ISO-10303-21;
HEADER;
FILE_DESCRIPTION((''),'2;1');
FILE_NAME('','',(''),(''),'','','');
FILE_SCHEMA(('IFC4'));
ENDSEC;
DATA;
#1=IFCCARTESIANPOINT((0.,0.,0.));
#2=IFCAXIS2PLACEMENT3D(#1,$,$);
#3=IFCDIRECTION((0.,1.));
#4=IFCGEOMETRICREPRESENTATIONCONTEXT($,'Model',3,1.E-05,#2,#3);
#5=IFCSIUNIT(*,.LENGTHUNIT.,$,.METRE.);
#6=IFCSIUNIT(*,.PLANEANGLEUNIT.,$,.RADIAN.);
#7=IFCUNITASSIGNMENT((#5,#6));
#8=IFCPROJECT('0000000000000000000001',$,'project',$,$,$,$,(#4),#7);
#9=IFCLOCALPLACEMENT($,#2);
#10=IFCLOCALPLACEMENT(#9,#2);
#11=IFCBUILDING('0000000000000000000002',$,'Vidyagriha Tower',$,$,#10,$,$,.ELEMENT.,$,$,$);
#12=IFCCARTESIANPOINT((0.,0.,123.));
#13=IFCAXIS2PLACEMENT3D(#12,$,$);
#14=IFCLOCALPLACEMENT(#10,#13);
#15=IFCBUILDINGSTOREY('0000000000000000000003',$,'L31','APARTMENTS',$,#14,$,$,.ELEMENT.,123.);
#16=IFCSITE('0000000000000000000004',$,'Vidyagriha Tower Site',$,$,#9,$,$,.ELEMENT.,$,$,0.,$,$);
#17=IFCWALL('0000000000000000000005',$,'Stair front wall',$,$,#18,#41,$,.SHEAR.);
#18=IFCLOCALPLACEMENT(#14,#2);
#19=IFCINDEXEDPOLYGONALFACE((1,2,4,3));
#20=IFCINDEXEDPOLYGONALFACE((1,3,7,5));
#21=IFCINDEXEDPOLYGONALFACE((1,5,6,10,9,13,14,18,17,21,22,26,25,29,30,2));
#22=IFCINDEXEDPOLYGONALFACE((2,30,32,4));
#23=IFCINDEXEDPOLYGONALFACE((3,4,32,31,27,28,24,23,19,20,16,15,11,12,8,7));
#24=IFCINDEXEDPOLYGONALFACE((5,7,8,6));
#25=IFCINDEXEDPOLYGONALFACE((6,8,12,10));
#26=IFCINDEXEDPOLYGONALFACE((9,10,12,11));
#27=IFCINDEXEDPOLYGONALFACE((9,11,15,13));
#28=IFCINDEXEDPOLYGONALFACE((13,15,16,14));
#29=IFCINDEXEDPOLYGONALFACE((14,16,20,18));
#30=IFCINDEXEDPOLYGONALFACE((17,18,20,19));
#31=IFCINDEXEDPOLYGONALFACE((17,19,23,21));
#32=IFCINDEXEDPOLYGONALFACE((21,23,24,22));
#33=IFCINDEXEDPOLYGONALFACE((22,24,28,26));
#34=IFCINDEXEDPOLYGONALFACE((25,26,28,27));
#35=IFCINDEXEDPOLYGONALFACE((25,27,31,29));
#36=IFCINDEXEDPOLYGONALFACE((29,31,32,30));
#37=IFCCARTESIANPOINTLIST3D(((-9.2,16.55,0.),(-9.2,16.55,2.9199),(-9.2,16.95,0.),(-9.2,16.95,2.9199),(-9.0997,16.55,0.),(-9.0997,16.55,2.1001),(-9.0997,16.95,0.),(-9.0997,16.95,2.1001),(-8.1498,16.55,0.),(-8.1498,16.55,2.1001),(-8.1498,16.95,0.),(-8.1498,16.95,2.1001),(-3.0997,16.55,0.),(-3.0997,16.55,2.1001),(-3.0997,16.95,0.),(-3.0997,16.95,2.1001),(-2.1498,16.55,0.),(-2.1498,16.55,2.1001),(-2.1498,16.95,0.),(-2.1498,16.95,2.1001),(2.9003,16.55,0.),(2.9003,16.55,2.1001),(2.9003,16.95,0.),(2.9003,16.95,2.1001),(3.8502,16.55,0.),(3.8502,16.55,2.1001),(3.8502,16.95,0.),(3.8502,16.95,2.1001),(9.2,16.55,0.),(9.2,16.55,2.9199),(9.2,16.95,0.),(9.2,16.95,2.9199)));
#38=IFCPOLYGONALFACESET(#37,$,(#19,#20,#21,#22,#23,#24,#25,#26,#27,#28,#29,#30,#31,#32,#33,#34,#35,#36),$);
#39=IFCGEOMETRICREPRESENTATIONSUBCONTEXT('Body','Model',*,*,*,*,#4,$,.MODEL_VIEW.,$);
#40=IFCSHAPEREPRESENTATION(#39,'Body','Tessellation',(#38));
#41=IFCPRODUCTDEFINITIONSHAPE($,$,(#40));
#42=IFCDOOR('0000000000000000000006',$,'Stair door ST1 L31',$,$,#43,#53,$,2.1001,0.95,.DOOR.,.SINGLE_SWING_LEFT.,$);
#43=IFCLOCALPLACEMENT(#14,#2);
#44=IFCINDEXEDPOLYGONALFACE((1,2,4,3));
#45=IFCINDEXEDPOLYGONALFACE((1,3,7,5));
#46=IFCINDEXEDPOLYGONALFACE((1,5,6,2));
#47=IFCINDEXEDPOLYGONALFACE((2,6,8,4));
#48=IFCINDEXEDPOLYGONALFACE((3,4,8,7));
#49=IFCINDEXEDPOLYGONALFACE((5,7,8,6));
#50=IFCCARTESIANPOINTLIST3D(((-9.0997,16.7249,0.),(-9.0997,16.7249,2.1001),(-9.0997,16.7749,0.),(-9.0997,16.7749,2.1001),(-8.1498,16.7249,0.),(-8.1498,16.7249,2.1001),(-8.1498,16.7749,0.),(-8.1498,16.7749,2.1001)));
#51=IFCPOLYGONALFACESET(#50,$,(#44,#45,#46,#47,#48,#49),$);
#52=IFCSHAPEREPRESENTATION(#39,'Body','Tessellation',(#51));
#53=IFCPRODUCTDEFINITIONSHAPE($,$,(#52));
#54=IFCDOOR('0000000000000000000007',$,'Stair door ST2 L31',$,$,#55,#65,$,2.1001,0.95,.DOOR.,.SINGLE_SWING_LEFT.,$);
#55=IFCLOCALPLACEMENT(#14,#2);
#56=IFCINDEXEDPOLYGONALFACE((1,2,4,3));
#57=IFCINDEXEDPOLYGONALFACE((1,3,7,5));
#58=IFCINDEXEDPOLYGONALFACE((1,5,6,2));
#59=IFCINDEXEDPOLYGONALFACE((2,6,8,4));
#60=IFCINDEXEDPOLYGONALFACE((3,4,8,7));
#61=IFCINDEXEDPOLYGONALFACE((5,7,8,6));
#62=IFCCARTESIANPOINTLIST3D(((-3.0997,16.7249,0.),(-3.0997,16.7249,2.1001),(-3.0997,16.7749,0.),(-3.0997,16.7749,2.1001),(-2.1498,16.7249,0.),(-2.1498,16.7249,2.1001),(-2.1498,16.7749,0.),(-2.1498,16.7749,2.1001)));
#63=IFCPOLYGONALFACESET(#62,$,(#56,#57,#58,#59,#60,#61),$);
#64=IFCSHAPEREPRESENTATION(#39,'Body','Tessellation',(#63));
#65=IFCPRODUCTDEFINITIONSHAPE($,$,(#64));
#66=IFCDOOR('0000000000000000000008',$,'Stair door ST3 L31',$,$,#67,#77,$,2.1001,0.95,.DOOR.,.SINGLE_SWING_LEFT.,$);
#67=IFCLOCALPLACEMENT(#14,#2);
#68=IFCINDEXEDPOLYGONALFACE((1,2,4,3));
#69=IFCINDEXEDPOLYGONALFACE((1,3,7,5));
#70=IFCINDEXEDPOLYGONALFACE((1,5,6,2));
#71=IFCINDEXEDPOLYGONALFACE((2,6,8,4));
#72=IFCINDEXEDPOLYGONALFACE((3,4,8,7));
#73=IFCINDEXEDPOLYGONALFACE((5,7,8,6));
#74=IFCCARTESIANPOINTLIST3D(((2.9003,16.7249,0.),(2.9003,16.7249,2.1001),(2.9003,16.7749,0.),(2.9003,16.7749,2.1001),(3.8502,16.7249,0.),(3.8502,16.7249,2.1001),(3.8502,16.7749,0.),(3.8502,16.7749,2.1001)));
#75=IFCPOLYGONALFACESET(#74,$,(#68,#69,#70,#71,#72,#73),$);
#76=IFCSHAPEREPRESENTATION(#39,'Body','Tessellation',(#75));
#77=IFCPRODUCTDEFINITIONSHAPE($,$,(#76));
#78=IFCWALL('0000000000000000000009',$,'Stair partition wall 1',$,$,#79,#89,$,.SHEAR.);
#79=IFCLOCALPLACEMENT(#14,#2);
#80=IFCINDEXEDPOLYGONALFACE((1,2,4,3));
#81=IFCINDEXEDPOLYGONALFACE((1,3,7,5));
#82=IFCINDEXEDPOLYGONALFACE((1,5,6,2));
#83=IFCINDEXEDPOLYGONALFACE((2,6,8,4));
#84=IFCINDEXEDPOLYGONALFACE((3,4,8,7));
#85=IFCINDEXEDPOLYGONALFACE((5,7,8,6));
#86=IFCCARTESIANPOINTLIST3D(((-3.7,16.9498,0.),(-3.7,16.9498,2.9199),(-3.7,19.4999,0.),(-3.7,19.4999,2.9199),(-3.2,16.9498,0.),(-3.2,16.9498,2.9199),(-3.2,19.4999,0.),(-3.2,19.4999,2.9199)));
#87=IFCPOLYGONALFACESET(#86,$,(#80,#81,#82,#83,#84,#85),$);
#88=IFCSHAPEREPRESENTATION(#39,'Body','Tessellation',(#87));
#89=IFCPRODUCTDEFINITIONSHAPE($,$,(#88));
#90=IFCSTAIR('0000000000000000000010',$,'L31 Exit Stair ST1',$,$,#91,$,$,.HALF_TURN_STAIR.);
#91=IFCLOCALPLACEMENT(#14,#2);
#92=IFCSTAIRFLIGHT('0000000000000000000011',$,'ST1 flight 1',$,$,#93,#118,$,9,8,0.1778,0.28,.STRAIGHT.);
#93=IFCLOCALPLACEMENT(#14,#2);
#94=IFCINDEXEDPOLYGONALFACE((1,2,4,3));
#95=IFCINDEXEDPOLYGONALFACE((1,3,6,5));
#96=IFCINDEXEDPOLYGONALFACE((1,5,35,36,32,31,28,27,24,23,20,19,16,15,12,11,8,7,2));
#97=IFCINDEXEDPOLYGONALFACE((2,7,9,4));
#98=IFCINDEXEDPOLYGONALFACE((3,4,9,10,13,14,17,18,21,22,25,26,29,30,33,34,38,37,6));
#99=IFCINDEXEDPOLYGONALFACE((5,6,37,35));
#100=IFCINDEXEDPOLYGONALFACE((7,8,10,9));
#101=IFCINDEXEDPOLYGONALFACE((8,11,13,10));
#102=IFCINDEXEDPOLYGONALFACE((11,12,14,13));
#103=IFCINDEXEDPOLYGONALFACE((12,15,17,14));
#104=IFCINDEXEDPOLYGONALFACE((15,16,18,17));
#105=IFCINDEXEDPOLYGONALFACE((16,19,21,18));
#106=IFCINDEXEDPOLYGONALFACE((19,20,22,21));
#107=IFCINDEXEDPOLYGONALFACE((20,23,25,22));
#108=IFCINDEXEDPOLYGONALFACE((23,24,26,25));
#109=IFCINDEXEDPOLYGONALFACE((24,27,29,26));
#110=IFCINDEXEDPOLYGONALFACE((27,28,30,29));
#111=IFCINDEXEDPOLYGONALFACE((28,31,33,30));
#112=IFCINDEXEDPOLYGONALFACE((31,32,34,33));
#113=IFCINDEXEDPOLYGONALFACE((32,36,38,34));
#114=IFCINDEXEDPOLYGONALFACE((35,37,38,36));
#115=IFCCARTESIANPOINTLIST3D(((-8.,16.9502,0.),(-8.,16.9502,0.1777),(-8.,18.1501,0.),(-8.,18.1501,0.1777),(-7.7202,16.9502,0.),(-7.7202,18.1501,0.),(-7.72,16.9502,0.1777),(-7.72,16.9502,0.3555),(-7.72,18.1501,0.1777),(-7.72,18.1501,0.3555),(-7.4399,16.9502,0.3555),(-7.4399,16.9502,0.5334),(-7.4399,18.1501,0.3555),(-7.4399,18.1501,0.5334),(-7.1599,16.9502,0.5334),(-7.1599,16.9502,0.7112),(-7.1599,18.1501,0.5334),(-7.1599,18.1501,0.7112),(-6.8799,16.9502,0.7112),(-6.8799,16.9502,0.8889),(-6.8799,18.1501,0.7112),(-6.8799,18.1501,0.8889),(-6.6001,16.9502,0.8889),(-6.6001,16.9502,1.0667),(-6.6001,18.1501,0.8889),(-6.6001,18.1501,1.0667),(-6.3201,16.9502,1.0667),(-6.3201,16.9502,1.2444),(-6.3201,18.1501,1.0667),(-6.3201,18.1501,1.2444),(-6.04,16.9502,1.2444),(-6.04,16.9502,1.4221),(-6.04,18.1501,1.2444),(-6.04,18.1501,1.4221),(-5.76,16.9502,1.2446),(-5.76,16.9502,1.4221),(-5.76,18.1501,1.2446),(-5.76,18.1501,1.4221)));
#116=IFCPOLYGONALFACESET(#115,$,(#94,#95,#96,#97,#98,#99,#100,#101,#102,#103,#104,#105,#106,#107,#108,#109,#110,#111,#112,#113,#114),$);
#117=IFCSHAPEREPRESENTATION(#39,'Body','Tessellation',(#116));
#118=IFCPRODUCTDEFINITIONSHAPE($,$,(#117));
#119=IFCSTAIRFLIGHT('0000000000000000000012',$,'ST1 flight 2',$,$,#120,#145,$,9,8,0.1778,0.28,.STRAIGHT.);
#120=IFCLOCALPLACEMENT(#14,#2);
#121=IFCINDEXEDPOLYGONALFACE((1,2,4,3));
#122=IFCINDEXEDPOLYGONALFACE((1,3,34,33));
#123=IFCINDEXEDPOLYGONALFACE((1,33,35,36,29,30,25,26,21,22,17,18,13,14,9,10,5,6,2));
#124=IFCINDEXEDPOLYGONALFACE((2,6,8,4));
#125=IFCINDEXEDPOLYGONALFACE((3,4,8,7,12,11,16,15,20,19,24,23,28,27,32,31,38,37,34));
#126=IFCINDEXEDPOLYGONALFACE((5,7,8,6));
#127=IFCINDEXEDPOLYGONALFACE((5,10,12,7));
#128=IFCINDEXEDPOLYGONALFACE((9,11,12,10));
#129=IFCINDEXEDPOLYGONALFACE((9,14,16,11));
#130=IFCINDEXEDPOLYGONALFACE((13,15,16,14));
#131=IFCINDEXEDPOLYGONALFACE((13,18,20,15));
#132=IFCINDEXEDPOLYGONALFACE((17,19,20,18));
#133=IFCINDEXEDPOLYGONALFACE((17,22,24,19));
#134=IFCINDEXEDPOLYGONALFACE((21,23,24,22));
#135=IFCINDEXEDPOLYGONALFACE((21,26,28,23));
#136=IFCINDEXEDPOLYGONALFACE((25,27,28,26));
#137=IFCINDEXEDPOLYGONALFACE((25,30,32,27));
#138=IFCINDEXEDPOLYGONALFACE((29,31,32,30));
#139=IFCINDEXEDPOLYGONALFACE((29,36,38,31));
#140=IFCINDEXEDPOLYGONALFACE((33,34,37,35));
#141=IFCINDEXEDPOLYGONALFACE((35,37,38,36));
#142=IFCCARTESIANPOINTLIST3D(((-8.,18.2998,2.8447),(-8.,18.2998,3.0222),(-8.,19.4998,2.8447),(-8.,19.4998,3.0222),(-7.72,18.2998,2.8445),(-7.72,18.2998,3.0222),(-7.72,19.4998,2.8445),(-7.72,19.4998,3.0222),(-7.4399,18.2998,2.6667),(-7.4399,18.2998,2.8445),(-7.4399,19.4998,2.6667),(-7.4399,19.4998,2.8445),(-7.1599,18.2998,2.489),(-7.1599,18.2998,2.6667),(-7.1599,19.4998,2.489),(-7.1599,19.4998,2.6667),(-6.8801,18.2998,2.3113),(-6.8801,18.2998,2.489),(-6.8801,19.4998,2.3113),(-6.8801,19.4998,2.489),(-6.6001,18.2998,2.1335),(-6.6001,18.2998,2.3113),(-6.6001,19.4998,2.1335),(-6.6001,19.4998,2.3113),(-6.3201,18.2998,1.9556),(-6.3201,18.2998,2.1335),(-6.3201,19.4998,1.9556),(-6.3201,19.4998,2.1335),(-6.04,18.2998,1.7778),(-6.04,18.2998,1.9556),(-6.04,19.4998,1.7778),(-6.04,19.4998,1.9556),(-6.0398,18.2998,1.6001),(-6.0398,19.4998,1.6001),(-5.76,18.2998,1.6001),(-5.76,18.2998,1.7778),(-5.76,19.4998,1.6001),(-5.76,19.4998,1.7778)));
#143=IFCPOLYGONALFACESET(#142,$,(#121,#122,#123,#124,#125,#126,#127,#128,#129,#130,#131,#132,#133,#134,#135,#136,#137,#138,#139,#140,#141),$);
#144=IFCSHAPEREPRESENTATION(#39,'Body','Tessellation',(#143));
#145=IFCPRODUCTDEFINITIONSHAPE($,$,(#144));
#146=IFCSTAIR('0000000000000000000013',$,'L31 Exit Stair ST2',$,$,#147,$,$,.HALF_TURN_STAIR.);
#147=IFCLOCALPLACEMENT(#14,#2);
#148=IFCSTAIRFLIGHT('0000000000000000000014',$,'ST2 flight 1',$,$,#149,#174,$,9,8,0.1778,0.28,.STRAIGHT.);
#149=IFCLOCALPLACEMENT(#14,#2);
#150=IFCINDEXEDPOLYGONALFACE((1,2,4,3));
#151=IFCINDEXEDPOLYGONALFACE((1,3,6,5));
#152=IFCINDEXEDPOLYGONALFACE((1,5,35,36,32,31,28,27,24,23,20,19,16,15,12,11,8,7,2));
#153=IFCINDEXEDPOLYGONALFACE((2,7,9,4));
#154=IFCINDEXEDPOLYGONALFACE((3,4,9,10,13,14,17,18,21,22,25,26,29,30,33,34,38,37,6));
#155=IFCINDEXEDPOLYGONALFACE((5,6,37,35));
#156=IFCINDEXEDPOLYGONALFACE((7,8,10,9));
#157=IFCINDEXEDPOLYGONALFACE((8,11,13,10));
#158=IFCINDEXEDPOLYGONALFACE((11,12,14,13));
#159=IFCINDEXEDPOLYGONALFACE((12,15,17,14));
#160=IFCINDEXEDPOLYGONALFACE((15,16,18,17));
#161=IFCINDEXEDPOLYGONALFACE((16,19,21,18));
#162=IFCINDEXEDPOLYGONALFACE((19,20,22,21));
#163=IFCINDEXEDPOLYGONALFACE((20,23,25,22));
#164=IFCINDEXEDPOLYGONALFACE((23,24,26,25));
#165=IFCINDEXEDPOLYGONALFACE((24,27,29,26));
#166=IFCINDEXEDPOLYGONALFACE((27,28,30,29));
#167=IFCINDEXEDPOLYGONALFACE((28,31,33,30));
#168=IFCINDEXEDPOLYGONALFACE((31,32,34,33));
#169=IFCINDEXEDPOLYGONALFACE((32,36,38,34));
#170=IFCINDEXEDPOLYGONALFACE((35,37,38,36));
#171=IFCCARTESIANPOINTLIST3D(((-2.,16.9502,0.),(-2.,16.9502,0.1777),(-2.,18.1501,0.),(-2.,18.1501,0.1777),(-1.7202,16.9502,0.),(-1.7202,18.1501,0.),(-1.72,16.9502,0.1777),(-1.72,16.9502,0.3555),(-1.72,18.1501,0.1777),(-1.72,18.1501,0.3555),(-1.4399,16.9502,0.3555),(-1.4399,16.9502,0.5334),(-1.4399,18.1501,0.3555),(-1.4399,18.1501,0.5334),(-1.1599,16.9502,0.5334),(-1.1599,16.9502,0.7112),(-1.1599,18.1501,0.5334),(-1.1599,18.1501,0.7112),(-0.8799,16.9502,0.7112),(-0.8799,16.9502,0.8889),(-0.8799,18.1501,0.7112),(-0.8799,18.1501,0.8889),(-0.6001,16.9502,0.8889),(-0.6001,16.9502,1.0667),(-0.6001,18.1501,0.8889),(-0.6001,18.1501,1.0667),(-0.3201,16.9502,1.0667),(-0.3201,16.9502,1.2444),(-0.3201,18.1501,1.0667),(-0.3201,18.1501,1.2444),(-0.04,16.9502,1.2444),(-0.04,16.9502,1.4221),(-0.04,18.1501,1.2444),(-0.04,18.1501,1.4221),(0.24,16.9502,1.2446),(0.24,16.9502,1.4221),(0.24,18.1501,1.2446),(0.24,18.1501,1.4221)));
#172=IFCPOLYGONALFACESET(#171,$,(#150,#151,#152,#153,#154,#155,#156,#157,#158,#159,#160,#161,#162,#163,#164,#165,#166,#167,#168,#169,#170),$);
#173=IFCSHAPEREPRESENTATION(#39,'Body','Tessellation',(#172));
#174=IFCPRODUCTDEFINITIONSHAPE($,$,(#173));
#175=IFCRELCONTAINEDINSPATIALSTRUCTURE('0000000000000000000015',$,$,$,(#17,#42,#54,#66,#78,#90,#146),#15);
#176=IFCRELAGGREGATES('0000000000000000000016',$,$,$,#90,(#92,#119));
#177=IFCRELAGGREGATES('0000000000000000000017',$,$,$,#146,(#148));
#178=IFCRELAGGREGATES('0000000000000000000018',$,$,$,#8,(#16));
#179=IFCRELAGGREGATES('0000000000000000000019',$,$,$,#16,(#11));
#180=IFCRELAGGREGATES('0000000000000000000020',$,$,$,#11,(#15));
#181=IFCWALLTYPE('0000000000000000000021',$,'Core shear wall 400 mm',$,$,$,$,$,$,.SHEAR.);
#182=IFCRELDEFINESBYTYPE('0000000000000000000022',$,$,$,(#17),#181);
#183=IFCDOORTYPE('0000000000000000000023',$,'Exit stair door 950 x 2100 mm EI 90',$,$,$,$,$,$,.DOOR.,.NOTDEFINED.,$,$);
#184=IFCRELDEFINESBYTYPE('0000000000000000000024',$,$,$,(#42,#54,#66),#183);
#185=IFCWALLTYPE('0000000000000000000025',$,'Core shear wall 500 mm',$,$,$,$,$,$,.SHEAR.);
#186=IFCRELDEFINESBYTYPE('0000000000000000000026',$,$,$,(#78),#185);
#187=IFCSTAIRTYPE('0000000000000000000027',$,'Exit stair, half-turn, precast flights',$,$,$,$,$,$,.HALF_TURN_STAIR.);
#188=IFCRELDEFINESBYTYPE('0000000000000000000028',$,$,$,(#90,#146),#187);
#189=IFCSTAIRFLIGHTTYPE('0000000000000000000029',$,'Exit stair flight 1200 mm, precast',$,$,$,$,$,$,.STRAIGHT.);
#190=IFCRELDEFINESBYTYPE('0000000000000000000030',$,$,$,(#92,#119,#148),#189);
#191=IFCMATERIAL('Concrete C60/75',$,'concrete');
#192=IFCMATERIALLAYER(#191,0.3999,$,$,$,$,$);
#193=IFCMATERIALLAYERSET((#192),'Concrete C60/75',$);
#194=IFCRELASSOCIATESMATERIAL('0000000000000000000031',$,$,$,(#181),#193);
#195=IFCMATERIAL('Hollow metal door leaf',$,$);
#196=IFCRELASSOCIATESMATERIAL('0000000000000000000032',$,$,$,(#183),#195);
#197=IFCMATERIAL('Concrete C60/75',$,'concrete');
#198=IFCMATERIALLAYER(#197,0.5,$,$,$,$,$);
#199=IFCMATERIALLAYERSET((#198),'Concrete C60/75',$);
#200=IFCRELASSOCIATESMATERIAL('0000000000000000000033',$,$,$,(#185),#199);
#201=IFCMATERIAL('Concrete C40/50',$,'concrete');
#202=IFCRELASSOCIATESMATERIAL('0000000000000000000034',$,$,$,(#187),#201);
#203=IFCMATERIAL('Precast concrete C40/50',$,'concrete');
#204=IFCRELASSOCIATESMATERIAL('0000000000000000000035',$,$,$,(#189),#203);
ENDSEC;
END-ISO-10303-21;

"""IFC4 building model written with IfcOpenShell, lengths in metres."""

from ifc_helpers import new_model, si_unit, direction, frame, frame_2d, origin, place, context, subcontext, project, spatial, polyline, rectangle, outline, extrude, material, layer, layer_set, type_object, element, fill, aggregate, save


model = new_model("IFC4")

# Units and contexts
model_context = context("Model", 3, precision=1e-05, world=origin(), true_north=direction((0.0, 1.0)))
body_context = subcontext(model_context, "Body", "Model", "MODEL_VIEW")
ifc_project = project(units=[si_unit("LENGTHUNIT", "METRE"), si_unit("PLANEANGLEUNIT", "RADIAN")], contexts=[model_context])

# Site, building, storey
site_placement = place(None, origin())
site = spatial("IfcSite", under=ifc_project, at=site_placement, Name="Vidyagriha Tower Site", CompositionType="ELEMENT", RefElevation=0.0)
building_placement = place(site_placement, origin())
building = spatial("IfcBuilding", under=site, at=building_placement, Name="Vidyagriha Tower", CompositionType="ELEMENT")
storey_placement = place(building_placement, frame((0.0, 0.0, 123.0)))
storey = spatial("IfcBuildingStorey", under=building, at=storey_placement, Name="L31", Description="APARTMENTS", CompositionType="ELEMENT", Elevation=123.0)

# Shared definitions
ifc_material_1 = material(Name="Concrete C60/75", Category="concrete")
ifc_layer_1 = layer(ifc_material_1, 0.3999)
ifc_layer_set_1 = layer_set([ifc_layer_1], Name="Concrete C60/75")
wall_type_1 = type_object("IfcWallType", Name="Core shear wall 400 mm", PredefinedType="SHEAR", material=ifc_layer_set_1)

# Wall, openings, doors
wall_1_placement = place(storey_placement, frame((-9.2, 16.75, 0.0)))
wall_1 = element("IfcWall", 1, at=wall_1_placement, inside=storey, type_object=wall_type_1, Name="Stair front wall", PredefinedType="SHEAR", context=body_context, shape_type="SweptSolid", body=[
    extrude(rectangle(XDim=18.3999, YDim=0.3999, at=frame_2d((9.2, 0.0))), origin(), (0.0, 0.0, 1.0), 2.9199),
])
opening_1_placement = place(wall_1_placement, frame((0.1001, 0.0, 0.0)))
opening_1 = element("IfcOpeningElement", 2, at=opening_1_placement, cuts=wall_1, PredefinedType="OPENING", context=body_context, shape_type="SweptSolid", body=[
    extrude(rectangle(XDim=0.95, YDim=2.1001, at=frame_2d((0.4751, 1.05))), frame((0.0, 0.21, 0.0), z_axis=(0.0, -1.0, 0.0), x_axis=(1.0, 0.0, 0.0)), (0.0, 0.0, 1.0), 0.4199),
])
opening_2_placement = place(wall_1_placement, frame((6.1001, 0.0, 0.0)))
opening_2 = element("IfcOpeningElement", 3, at=opening_2_placement, cuts=wall_1, PredefinedType="OPENING", context=body_context, shape_type="SweptSolid", body=[
    extrude(rectangle(XDim=0.95, YDim=2.1001, at=frame_2d((0.4751, 1.05))), frame((0.0, 0.21, 0.0), z_axis=(0.0, -1.0, 0.0), x_axis=(1.0, 0.0, 0.0)), (0.0, 0.0, 1.0), 0.4199),
])
opening_3_placement = place(wall_1_placement, frame((12.1001, 0.0, 0.0)))
opening_3 = element("IfcOpeningElement", 4, at=opening_3_placement, cuts=wall_1, PredefinedType="OPENING", context=body_context, shape_type="SweptSolid", body=[
    extrude(rectangle(XDim=0.95, YDim=2.1001, at=frame_2d((0.4751, 1.05))), frame((0.0, 0.21, 0.0), z_axis=(0.0, -1.0, 0.0), x_axis=(1.0, 0.0, 0.0)), (0.0, 0.0, 1.0), 0.4199),
])
ifc_material_2 = material(Name="Hollow metal door leaf")
door_type = type_object("IfcDoorType", Name="Exit stair door 950 x 2100 mm EI 90", OperationType="NOTDEFINED", PredefinedType="DOOR", material=ifc_material_2)
door_1_placement = place(opening_1_placement, origin())
door_1 = element("IfcDoor", 5, at=door_1_placement, inside=storey, type_object=door_type, Name="Stair door ST1 L31", OperationType="SINGLE_SWING_LEFT", OverallHeight=2.1001, OverallWidth=0.95, PredefinedType="DOOR", context=body_context, shape_type="SweptSolid", body=[
    extrude(rectangle(XDim=0.95, YDim=2.1001, at=frame_2d((0.4751, 1.05))), frame((0.0, 0.0249, 0.0), z_axis=(0.0, -1.0, 0.0), x_axis=(1.0, 0.0, 0.0)), (0.0, 0.0, 1.0), 0.05),
])
fill(opening_1, door_1)
door_2_placement = place(opening_2_placement, origin())
door_2 = element("IfcDoor", 6, at=door_2_placement, inside=storey, type_object=door_type, Name="Stair door ST2 L31", OperationType="SINGLE_SWING_LEFT", OverallHeight=2.1001, OverallWidth=0.95, PredefinedType="DOOR", context=body_context, shape_type="SweptSolid", body=[
    extrude(rectangle(XDim=0.95, YDim=2.1001, at=frame_2d((0.4751, 1.05))), frame((0.0, 0.0249, 0.0), z_axis=(0.0, -1.0, 0.0), x_axis=(1.0, 0.0, 0.0)), (0.0, 0.0, 1.0), 0.05),
])
fill(opening_2, door_2)
door_3_placement = place(opening_3_placement, origin())
door_3 = element("IfcDoor", 7, at=door_3_placement, inside=storey, type_object=door_type, Name="Stair door ST3 L31", OperationType="SINGLE_SWING_LEFT", OverallHeight=2.1001, OverallWidth=0.95, PredefinedType="DOOR", context=body_context, shape_type="SweptSolid", body=[
    extrude(rectangle(XDim=0.95, YDim=2.1001, at=frame_2d((0.4751, 1.05))), frame((0.0, 0.0249, 0.0), z_axis=(0.0, -1.0, 0.0), x_axis=(1.0, 0.0, 0.0)), (0.0, 0.0, 1.0), 0.05),
])
fill(opening_3, door_3)

# Wall
ifc_material_3 = material(Name="Concrete C60/75", Category="concrete")
ifc_layer_2 = layer(ifc_material_3, 0.5)
ifc_layer_set_2 = layer_set([ifc_layer_2], Name="Concrete C60/75")
wall_type_2 = type_object("IfcWallType", Name="Core shear wall 500 mm", PredefinedType="SHEAR", material=ifc_layer_set_2)
wall_2_placement = place(storey_placement, frame((-3.45, 16.95, 0.0), z_axis=(0.0, 0.0, 1.0), x_axis=(0.0, 1.0, 0.0)))
element("IfcWall", 8, at=wall_2_placement, inside=storey, type_object=wall_type_2, Name="Stair partition wall 1", PredefinedType="SHEAR", context=body_context, shape_type="SweptSolid", body=[
    extrude(rectangle(XDim=2.55, YDim=0.5, at=frame_2d((1.2749, 0.0))), origin(), (0.0, 0.0, 1.0), 2.9199),
])

# Stair, stair flights
ifc_material_4 = material(Name="Concrete C40/50", Category="concrete")
stair_type = type_object("IfcStairType", Name="Exit stair, half-turn, precast flights", PredefinedType="HALF_TURN_STAIR", material=ifc_material_4)
stair_1_placement = place(storey_placement, origin())
stair_1 = element("IfcStair", 9, at=stair_1_placement, inside=storey, type_object=stair_type, Name="L31 Exit Stair ST1", PredefinedType="HALF_TURN_STAIR")
ifc_material_5 = material(Name="Precast concrete C40/50", Category="concrete")
stair_flight_type = type_object("IfcStairFlightType", Name="Exit stair flight 1200 mm, precast", PredefinedType="STRAIGHT", material=ifc_material_5)
stair_flight_1_placement = place(storey_placement, frame((-8.0, 17.55, 0.0)))
stair_flight_1 = element("IfcStairFlight", 10, at=stair_flight_1_placement, type_object=stair_flight_type, Name="ST1 flight 1", NumberOfRisers=9, NumberOfTreads=8, PredefinedType="STRAIGHT", RiserHeight=0.1778, TreadLength=0.28, context=body_context, shape_type="SweptSolid", body=[
    extrude(outline(polyline([(0.0, 0.0), (0.0, 0.1777), (0.28, 0.1777), (0.28, 0.3555), (0.5601, 0.3555), (0.5601, 0.5334), (0.8401, 0.5334), (0.8401, 0.7112), (1.1201, 0.7112), (1.1201, 0.8889), (1.3999, 0.8889), (1.3999, 1.0667), (1.6799, 1.0667), (1.6799, 1.2444), (1.96, 1.2444), (1.96, 1.4221), (2.24, 1.4221), (2.24, 1.6001), (2.24, 1.2446), (0.2798, 0.0), (0.0, 0.0)])), frame((0.0, 0.6001, 0.0), z_axis=(0.0, -1.0, 0.0), x_axis=(1.0, 0.0, 0.0)), (0.0, 0.0, 1.0), 1.2),
])
stair_flight_2_placement = place(storey_placement, frame((-5.76, 18.8999, 1.6001), z_axis=(0.0, 0.0, 1.0), x_axis=(-1.0, 0.0, 0.0)))
stair_flight_2 = element("IfcStairFlight", 11, at=stair_flight_2_placement, type_object=stair_flight_type, Name="ST1 flight 2", NumberOfRisers=9, NumberOfTreads=8, PredefinedType="STRAIGHT", RiserHeight=0.1778, TreadLength=0.28, context=body_context, shape_type="SweptSolid", body=[
    extrude(outline(polyline([(0.0, 0.0), (0.0, 0.1777), (0.28, 0.1777), (0.28, 0.3555), (0.5601, 0.3555), (0.5601, 0.5334), (0.8401, 0.5334), (0.8401, 0.7112), (1.1201, 0.7112), (1.1201, 0.8889), (1.3999, 0.8889), (1.3999, 1.0667), (1.6799, 1.0667), (1.6799, 1.2444), (1.96, 1.2444), (1.96, 1.4221), (2.24, 1.4221), (2.24, 1.6001), (2.24, 1.2446), (0.2798, 0.0), (0.0, 0.0)])), frame((0.0, 0.6001, 0.0), z_axis=(0.0, -1.0, 0.0), x_axis=(1.0, 0.0, 0.0)), (0.0, 0.0, 1.0), 1.2),
])
aggregate(stair_1, [stair_flight_1, stair_flight_2])

# Stair, stair flight
stair_2_placement = place(storey_placement, origin())
stair_2 = element("IfcStair", 12, at=stair_2_placement, inside=storey, type_object=stair_type, Name="L31 Exit Stair ST2", PredefinedType="HALF_TURN_STAIR")
stair_flight_3_placement = place(storey_placement, frame((-2.0, 17.55, 0.0)))
stair_flight_3 = element("IfcStairFlight", 13, at=stair_flight_3_placement, type_object=stair_flight_type, Name="ST2 flight 1", NumberOfRisers=9, NumberOfTreads=8, PredefinedType="STRAIGHT", RiserHeight=0.1778, TreadLength=0.28, context=body_context, shape_type="SweptSolid", body=[
    extrude(outline(polyline([(0.0, 0.0), (0.0, 0.1777), (0.28, 0.1777), (0.28, 0.3555), (0.5601, 0.3555), (0.5601, 0.5334), (0.8401, 0.5334), (0.8401, 0.7112), (1.1201, 0.7112), (1.1201, 0.8889), (1.3999, 0.8889), (1.3999, 1.0667), (1.6799, 1.0667), (1.6799, 1.2444), (1.96, 1.2444), (1.96, 1.4221), (2.24, 1.4221), (2.24, 1.6001), (2.24, 1.2446), (0.2798, 0.0), (0.0, 0.0)])), frame((0.0, 0.6001, 0.0), z_axis=(0.0, -1.0, 0.0), x_axis=(1.0, 0.0, 0.0)), (0.0, 0.0, 1.0), 1.2),
])
aggregate(stair_2, [stair_flight_3])

save(model, "model.ifc")
